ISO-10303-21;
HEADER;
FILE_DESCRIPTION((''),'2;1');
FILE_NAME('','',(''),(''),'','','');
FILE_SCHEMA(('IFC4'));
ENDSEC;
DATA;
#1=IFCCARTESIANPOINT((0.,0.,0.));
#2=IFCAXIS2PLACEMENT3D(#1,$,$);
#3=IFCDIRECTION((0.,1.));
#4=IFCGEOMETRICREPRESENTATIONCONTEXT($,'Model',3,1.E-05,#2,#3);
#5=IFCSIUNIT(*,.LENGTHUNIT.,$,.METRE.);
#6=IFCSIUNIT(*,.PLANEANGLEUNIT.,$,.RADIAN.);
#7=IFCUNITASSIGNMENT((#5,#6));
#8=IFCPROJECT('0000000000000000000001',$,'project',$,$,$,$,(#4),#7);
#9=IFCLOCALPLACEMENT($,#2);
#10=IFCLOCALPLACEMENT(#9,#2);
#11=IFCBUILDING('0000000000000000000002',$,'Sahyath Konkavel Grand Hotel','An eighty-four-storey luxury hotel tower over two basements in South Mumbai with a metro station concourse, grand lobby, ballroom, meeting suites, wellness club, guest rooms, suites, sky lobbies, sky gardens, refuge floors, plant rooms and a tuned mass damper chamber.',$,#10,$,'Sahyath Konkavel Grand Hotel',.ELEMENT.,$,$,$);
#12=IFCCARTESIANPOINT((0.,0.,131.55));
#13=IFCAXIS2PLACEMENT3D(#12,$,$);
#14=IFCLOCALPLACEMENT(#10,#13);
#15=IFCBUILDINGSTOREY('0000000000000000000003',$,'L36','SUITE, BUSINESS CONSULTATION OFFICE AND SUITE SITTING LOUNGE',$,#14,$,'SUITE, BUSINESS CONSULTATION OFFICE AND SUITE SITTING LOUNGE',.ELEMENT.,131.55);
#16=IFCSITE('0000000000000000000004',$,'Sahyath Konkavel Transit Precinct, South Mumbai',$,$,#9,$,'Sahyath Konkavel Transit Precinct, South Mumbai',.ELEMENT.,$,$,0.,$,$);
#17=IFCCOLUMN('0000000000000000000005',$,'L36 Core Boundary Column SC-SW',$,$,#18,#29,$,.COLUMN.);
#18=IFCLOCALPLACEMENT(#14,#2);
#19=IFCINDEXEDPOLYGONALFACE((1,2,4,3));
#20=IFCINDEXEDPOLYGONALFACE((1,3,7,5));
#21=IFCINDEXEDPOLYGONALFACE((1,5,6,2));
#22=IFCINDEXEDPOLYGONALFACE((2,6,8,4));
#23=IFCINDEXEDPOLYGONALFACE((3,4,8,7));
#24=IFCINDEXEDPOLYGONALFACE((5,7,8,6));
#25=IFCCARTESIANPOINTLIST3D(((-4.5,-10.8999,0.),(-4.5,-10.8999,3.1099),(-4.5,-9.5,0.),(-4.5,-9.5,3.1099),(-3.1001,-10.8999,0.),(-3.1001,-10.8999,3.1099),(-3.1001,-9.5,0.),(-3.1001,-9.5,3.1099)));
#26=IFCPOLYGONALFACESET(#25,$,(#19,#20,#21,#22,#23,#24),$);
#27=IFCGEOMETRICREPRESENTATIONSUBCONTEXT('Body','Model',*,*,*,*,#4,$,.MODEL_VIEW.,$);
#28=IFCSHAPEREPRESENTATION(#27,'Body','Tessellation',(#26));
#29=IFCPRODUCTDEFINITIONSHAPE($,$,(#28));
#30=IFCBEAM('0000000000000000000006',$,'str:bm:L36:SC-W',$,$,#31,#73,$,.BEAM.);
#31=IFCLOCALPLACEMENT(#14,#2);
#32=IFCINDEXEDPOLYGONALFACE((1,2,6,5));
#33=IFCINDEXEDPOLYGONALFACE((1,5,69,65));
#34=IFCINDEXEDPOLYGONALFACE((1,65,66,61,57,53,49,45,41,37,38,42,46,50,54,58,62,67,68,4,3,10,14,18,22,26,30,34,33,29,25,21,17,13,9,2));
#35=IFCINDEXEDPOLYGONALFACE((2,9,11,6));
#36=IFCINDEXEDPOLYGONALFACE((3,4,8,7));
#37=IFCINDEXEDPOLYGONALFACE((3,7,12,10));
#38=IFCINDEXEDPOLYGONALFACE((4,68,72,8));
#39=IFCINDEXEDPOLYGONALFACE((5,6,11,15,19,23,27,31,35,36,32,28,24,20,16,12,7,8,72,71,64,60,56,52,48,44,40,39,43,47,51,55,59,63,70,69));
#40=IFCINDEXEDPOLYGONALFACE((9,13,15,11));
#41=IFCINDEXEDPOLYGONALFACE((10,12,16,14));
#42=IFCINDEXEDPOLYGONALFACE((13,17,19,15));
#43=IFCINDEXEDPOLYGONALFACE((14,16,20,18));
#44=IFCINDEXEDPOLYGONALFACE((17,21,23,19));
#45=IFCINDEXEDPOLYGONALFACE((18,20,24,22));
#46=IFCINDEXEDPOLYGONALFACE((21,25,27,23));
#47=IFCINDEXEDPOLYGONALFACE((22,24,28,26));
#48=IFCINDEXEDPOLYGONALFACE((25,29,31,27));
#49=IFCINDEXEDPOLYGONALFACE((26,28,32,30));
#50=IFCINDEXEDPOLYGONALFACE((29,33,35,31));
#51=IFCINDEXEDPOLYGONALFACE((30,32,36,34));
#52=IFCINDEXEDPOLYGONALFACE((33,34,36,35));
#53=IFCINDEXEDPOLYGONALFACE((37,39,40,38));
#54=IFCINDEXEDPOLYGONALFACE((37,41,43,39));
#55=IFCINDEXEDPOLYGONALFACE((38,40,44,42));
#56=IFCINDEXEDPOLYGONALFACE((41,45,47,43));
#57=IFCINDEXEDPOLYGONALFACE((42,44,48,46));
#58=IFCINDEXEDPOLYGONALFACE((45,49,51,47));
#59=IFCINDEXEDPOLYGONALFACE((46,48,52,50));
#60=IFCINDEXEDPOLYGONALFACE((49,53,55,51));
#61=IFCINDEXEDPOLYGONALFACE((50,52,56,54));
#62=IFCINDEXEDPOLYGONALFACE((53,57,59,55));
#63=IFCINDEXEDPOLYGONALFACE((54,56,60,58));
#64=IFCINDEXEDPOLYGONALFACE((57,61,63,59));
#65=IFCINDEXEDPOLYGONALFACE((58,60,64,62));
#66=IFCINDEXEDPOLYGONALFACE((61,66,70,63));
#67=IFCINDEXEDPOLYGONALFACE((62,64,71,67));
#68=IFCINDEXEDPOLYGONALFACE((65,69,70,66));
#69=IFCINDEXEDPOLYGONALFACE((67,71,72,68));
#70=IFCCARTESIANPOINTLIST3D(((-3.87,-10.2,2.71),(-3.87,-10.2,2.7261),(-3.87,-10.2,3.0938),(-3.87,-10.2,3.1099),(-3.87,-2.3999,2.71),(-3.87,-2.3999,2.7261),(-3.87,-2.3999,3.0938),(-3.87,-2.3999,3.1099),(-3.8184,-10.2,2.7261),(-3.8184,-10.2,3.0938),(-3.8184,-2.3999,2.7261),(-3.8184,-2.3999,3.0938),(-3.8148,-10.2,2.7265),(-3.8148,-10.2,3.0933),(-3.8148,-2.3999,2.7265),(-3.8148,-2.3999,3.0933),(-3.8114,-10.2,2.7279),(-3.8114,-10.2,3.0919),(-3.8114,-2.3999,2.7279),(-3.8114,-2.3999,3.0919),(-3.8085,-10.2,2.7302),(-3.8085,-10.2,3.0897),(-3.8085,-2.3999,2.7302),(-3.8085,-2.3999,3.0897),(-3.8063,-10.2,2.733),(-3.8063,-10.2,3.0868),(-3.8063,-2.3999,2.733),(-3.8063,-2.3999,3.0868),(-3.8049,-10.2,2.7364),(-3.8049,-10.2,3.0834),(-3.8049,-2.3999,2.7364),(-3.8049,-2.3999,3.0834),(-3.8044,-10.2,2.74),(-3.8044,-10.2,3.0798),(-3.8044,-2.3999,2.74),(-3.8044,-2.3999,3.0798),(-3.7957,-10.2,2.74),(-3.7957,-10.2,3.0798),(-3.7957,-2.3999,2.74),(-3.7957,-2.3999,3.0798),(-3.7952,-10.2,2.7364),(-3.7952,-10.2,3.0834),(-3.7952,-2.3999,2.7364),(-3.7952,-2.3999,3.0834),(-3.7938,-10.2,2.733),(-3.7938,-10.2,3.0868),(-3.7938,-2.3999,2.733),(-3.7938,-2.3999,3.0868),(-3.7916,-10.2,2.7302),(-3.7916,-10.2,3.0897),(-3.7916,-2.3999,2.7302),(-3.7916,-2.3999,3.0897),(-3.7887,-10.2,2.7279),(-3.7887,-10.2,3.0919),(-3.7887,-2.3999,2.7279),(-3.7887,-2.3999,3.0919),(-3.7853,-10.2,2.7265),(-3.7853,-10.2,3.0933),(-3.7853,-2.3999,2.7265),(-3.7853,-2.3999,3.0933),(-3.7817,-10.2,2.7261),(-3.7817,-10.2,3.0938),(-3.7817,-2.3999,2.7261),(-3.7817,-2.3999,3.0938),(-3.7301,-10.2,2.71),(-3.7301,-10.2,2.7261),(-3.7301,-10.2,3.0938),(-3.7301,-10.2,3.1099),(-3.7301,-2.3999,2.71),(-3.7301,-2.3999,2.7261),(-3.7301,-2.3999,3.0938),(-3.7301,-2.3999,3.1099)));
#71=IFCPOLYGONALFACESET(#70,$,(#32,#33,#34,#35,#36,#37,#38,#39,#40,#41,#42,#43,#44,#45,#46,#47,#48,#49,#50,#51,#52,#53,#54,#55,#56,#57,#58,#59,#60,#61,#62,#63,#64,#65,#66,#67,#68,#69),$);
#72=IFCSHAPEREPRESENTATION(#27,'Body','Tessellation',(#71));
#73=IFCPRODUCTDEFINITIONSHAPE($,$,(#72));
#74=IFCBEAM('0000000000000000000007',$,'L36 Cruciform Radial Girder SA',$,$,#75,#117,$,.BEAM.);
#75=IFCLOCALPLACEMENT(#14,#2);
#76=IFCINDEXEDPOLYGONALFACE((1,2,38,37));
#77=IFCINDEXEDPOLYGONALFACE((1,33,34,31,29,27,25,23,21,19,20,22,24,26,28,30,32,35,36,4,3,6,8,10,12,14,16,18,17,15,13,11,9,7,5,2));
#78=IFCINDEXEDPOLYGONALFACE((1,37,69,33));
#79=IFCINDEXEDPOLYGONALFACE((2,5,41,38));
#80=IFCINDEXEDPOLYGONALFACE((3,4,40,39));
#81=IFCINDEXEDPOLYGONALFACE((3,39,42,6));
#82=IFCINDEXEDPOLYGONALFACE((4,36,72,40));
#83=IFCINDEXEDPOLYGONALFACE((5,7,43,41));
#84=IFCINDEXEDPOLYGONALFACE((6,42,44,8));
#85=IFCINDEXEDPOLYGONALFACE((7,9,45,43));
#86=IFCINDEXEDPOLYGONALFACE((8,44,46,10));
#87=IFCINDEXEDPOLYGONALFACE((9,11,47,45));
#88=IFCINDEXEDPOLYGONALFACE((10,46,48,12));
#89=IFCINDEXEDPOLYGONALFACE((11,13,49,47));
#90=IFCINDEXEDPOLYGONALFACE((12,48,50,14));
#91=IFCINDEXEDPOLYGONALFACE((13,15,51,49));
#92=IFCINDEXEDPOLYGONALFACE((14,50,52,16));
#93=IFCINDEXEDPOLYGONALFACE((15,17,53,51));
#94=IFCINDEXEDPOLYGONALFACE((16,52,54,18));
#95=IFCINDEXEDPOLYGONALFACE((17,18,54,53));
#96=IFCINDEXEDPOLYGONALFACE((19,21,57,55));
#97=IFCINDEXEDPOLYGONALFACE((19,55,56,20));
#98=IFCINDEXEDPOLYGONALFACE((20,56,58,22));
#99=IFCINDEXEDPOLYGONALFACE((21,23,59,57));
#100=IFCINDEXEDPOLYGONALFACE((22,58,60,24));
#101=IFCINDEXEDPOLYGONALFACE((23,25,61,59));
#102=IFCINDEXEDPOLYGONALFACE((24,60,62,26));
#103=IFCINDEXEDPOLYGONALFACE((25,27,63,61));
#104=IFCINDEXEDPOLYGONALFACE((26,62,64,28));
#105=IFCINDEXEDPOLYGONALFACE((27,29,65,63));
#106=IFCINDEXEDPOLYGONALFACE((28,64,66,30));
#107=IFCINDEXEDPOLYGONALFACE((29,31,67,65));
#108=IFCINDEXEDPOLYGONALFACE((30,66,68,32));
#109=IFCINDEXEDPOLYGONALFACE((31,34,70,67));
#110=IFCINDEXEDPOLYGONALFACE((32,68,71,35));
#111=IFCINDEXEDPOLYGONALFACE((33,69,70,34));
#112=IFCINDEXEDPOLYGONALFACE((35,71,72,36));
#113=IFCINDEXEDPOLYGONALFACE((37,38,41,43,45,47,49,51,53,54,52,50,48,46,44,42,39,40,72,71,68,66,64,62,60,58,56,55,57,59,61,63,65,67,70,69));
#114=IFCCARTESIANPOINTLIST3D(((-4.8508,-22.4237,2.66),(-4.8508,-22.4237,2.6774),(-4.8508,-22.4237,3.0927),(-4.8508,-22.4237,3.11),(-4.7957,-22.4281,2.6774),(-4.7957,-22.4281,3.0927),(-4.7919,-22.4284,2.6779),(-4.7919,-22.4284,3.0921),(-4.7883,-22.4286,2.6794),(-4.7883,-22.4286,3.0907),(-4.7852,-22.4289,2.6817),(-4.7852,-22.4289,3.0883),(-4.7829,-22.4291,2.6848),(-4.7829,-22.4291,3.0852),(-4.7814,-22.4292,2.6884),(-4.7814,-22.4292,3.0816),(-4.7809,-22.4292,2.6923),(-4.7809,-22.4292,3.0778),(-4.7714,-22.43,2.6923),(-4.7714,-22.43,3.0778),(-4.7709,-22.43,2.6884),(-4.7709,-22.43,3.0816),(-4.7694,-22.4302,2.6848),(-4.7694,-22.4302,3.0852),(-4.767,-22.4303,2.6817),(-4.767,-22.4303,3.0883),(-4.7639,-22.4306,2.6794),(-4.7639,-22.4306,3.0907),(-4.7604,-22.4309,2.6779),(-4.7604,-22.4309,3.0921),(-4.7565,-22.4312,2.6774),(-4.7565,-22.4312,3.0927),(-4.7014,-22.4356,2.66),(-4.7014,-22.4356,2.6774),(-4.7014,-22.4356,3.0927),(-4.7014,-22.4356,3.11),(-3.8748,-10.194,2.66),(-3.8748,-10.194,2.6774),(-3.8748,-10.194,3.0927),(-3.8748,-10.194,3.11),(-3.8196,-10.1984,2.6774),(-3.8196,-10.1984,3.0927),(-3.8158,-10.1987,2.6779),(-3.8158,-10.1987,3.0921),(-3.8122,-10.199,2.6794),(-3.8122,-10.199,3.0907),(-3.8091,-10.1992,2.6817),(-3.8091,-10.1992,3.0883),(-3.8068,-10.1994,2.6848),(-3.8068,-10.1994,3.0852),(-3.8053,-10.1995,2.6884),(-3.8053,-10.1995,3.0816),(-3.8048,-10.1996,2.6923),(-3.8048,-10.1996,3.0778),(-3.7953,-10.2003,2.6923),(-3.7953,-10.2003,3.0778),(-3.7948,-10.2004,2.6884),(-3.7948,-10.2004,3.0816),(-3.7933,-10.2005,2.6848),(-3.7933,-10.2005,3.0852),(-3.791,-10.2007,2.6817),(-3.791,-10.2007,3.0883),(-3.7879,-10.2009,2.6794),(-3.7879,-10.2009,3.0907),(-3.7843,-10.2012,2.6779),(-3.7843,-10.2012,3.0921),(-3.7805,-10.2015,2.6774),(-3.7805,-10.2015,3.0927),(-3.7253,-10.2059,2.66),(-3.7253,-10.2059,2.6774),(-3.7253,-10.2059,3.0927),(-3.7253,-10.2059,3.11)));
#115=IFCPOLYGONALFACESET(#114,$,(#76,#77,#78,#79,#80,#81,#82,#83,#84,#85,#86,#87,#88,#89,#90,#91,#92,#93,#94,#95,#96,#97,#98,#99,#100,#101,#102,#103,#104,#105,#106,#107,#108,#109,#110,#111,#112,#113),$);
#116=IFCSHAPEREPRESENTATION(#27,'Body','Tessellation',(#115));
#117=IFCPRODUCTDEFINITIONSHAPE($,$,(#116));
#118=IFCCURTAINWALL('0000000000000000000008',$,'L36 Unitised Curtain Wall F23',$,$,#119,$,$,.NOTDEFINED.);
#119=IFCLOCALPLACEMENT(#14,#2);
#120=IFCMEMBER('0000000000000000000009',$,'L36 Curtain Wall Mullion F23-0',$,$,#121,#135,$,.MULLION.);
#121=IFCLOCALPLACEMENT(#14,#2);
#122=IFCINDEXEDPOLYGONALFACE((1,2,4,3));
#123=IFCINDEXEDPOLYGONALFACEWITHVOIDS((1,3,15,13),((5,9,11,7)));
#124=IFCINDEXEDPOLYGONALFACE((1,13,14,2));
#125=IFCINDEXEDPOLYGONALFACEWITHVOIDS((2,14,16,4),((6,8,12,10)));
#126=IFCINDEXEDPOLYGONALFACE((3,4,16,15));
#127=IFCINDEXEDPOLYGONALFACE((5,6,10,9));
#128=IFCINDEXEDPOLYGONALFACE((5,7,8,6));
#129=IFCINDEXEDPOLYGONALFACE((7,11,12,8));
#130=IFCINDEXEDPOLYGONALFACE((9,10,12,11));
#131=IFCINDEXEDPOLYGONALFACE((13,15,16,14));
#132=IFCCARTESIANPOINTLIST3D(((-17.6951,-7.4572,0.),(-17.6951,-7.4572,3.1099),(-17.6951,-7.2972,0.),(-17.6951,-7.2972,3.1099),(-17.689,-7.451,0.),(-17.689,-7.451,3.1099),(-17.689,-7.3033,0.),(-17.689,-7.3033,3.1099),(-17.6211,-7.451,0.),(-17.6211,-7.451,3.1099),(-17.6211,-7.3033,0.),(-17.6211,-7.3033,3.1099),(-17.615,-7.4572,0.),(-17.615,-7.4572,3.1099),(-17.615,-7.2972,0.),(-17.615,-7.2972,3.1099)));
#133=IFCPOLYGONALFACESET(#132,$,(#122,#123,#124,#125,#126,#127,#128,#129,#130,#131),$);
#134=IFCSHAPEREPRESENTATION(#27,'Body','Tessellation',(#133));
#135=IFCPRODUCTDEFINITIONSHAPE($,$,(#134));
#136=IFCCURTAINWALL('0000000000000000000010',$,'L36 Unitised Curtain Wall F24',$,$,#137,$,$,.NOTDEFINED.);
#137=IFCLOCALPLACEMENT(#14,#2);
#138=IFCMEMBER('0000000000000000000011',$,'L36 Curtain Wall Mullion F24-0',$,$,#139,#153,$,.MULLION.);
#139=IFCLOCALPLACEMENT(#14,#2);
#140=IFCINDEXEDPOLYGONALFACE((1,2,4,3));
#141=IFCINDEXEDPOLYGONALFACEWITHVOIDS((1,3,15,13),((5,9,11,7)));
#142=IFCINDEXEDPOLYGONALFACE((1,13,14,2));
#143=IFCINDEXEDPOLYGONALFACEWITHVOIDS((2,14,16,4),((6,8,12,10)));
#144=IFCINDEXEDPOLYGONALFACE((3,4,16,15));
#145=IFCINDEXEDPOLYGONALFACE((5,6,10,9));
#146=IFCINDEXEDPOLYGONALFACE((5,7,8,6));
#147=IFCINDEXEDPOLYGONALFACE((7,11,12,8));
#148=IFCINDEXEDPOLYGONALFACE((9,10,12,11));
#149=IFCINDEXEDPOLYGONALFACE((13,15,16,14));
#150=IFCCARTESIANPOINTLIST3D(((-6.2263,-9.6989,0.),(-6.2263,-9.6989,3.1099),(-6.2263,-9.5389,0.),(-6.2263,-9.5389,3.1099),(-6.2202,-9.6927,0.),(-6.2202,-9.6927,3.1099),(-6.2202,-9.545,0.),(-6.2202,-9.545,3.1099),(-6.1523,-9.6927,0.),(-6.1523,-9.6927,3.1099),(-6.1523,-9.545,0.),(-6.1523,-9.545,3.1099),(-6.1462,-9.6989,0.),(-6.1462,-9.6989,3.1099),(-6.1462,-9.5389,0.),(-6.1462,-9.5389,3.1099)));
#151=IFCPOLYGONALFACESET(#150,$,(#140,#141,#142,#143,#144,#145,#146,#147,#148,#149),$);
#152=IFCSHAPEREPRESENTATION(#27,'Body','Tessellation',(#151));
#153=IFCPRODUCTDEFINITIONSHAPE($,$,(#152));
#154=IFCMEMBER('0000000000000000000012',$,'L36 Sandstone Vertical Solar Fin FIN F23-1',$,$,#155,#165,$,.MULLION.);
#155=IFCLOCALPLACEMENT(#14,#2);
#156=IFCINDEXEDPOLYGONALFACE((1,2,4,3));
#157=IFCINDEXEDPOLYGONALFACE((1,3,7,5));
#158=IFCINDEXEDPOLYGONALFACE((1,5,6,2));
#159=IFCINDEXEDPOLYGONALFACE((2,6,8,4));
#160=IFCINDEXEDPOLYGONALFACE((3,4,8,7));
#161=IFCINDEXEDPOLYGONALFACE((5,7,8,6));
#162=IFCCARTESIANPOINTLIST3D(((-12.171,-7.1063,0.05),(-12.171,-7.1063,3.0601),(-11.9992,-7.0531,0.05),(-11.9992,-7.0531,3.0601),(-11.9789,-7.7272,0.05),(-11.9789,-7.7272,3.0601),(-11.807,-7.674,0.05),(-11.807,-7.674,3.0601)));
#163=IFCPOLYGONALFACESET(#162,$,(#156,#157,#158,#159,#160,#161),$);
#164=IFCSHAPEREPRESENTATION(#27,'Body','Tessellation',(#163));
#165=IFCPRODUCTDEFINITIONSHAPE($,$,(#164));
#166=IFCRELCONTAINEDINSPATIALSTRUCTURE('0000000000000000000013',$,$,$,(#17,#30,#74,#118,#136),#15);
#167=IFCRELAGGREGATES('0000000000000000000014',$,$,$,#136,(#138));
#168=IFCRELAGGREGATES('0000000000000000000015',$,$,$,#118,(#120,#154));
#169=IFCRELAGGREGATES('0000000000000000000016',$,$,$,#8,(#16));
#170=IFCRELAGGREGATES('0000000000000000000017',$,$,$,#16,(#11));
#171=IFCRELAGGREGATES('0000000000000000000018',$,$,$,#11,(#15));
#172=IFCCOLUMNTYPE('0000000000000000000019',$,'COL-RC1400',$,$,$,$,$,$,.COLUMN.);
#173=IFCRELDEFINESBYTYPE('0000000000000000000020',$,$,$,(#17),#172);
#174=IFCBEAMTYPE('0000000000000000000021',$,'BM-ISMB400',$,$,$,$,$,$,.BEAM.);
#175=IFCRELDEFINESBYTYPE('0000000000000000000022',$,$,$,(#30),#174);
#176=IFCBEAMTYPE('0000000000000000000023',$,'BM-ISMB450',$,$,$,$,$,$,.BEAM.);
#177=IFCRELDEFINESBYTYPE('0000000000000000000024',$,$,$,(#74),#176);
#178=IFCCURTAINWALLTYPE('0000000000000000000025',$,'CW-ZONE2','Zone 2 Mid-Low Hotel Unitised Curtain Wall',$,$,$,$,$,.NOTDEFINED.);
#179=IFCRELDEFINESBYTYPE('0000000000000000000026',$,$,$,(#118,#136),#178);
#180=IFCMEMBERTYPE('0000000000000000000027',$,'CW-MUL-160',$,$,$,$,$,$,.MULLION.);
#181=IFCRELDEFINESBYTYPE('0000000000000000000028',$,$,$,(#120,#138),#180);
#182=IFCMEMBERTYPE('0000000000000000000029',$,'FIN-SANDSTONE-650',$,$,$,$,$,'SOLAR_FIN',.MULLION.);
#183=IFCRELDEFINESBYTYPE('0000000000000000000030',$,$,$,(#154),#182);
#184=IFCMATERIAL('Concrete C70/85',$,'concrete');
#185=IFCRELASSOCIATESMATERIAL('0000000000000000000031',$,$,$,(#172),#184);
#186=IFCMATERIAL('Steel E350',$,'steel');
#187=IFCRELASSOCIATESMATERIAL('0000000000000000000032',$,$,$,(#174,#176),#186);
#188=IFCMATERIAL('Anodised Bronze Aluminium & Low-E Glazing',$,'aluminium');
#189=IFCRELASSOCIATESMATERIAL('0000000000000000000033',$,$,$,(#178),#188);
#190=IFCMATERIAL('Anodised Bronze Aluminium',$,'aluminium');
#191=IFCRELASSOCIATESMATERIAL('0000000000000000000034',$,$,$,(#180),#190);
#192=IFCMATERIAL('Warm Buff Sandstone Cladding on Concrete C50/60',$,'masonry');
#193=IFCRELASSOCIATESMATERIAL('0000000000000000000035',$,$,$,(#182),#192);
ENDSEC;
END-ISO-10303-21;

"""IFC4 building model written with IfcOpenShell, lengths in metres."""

from ifc_helpers import new_model, si_unit, direction, frame, origin, origin_2d, place, context, subcontext, project, spatial, rectangle, hollow_rectangle, i_section, extrude, source, transform, mapped, material, material_profile, profile_set, type_object, element, aggregate, save


model = new_model("IFC4")

# Units and contexts
model_context = context("Model", 3, precision=1e-05, world=origin(), true_north=direction((0.0, 1.0)))
body_context = subcontext(model_context, "Body", "Model", "MODEL_VIEW")
ifc_project = project(units=[si_unit("LENGTHUNIT", "METRE"), si_unit("PLANEANGLEUNIT", "RADIAN")], contexts=[model_context])

# Site, building, storey
site_placement = place(None, origin())
site = spatial("IfcSite", under=ifc_project, at=site_placement, Name="Sahyath Konkavel Transit Precinct, South Mumbai", LongName="Sahyath Konkavel Transit Precinct, South Mumbai", CompositionType="ELEMENT", RefElevation=0.0)
building_placement = place(site_placement, origin())
building = spatial("IfcBuilding", under=site, at=building_placement, Name="Sahyath Konkavel Grand Hotel", Description="An eighty-four-storey luxury hotel tower over two basements in South Mumbai with a metro station concourse, grand lobby, ballroom, meeting suites, wellness club, guest rooms, suites, sky lobbies, sky gardens, refuge floors, plant rooms and a tuned mass damper chamber.", LongName="Sahyath Konkavel Grand Hotel", CompositionType="ELEMENT")
storey_placement = place(building_placement, frame((0.0, 0.0, 131.55)))
storey = spatial("IfcBuildingStorey", under=building, at=storey_placement, Name="L36", Description="SUITE, BUSINESS CONSULTATION OFFICE AND SUITE SITTING LOUNGE", LongName="SUITE, BUSINESS CONSULTATION OFFICE AND SUITE SITTING LOUNGE", CompositionType="ELEMENT", Elevation=131.55)

# Column
ifc_material_1 = material(Name="Concrete C70/85", Category="concrete")
ifc_material_profile_1 = material_profile(ifc_material_1, rectangle(XDim=1.3999, YDim=1.3999, at=origin_2d()), Name="RC 1400x1400")
ifc_profile_set_1 = profile_set([ifc_material_profile_1], Name="Concrete C70/85")
column_type = type_object("IfcColumnType", Name="COL-RC1400", PredefinedType="COLUMN", material=ifc_profile_set_1)
shared_shape_1 = source(origin(), body_context, "Body", "SweptSolid", [
    extrude(rectangle(XDim=1.3999, YDim=1.3999, at=origin_2d()), origin(), (0.0, 0.0, 1.0), 3.1099),
])
column_placement = place(storey_placement, frame((-3.8, -10.2, 0.0), z_axis=(0.0, 0.0, 1.0), x_axis=(1.0, 0.0, 0.0)))
element("IfcColumn", 1, at=column_placement, inside=storey, type_object=column_type, Name="L36 Core Boundary Column SC-SW", PredefinedType="COLUMN", context=body_context, shape_type="MappedRepresentation", body=[
    mapped(shared_shape_1, transform((0.0, 0.0, 0.0), scale=1.0)),
])

# Beams
ifc_material_2 = material(Name="Steel E350", Category="steel")
ifc_material_profile_2 = material_profile(ifc_material_2, i_section(OverallWidth=0.1399, OverallDepth=0.3999, WebThickness=0.0088, FlangeThickness=0.0161, FilletRadius=0.0139, at=origin_2d()), Name="ISMB 400")
ifc_profile_set_2 = profile_set([ifc_material_profile_2], Name="Steel E350")
beam_type_1 = type_object("IfcBeamType", Name="BM-ISMB400", PredefinedType="BEAM", material=ifc_profile_set_2)
shared_shape_2 = source(origin(), body_context, "Body", "SweptSolid", [
    extrude(i_section(OverallWidth=0.1399, OverallDepth=0.3999, WebThickness=0.0088, FlangeThickness=0.0161, FilletRadius=0.0139, at=origin_2d()), origin(), (0.0, 0.0, 1.0), 7.8),
])
beam_1_placement = place(storey_placement, frame((-3.8, -10.2, 2.9099), z_axis=(0.0, 1.0, 0.0), x_axis=(-1.0, 0.0, 0.0)))
element("IfcBeam", 2, at=beam_1_placement, inside=storey, type_object=beam_type_1, Name="str:bm:L36:SC-W", PredefinedType="BEAM", context=body_context, shape_type="MappedRepresentation", body=[
    mapped(shared_shape_2, transform((0.0, 0.0, 0.0), scale=1.0)),
])
ifc_material_profile_3 = material_profile(ifc_material_2, i_section(OverallWidth=0.1499, OverallDepth=0.45, WebThickness=0.0095, FlangeThickness=0.0173, FilletRadius=0.0149, at=origin_2d()), Name="ISMB 450")
ifc_profile_set_3 = profile_set([ifc_material_profile_3], Name="Steel E350")
beam_type_2 = type_object("IfcBeamType", Name="BM-ISMB450", PredefinedType="BEAM", material=ifc_profile_set_3)
shared_shape_3 = source(origin(), body_context, "Body", "SweptSolid", [
    extrude(i_section(OverallWidth=0.1499, OverallDepth=0.45, WebThickness=0.0095, FlangeThickness=0.0173, FilletRadius=0.0149, at=origin_2d()), origin(), (0.0, 0.0, 1.0), 12.2686),
])
beam_2_placement = place(storey_placement, frame((-3.8, -10.2, 2.885), z_axis=(-0.079559, -0.99683, 0.0), x_axis=(0.99683, -0.079559, 0.0)))
element("IfcBeam", 3, at=beam_2_placement, inside=storey, type_object=beam_type_2, Name="L36 Cruciform Radial Girder SA", PredefinedType="BEAM", context=body_context, shape_type="MappedRepresentation", body=[
    mapped(shared_shape_3, transform((0.0, 0.0, 0.0), scale=1.0)),
])

# Curtain walls, members
ifc_material_3 = material(Name="Anodised Bronze Aluminium & Low-E Glazing", Category="aluminium")
curtain_wall_type = type_object("IfcCurtainWallType", Name="CW-ZONE2", Description="Zone 2 Mid-Low Hotel Unitised Curtain Wall", PredefinedType="NOTDEFINED", material=ifc_material_3)
curtain_wall_1_placement = place(storey_placement, origin())
curtain_wall_1 = element("IfcCurtainWall", 4, at=curtain_wall_1_placement, inside=storey, type_object=curtain_wall_type, Name="L36 Unitised Curtain Wall F23", PredefinedType="NOTDEFINED")
ifc_material_4 = material(Name="Anodised Bronze Aluminium", Category="aluminium")
ifc_material_profile_4 = material_profile(ifc_material_4, hollow_rectangle(XDim=0.0801, YDim=0.1599, WallThickness=0.0061, at=origin_2d()), Name="RHS 160x80x6")
ifc_profile_set_4 = profile_set([ifc_material_profile_4], Name="Anodised Bronze Aluminium")
member_type_1 = type_object("IfcMemberType", Name="CW-MUL-160", PredefinedType="MULLION", material=ifc_profile_set_4)
shared_shape_4 = source(origin(), body_context, "Body", "SweptSolid", [
    extrude(hollow_rectangle(XDim=0.0801, YDim=0.1599, WallThickness=0.0061, at=origin_2d()), origin(), (0.0, 0.0, 1.0), 3.1099),
])
member_1_placement = place(storey_placement, frame((-17.655, -7.3772, 0.0), z_axis=(0.0, 0.0, 1.0), x_axis=(1.0, 0.0, 0.0)))
member_1 = element("IfcMember", 5, at=member_1_placement, type_object=member_type_1, Name="L36 Curtain Wall Mullion F23-0", PredefinedType="MULLION", context=body_context, shape_type="MappedRepresentation", body=[
    mapped(shared_shape_4, transform((0.0, 0.0, 0.0), scale=1.0)),
])
curtain_wall_2_placement = place(storey_placement, origin())
curtain_wall_2 = element("IfcCurtainWall", 6, at=curtain_wall_2_placement, inside=storey, type_object=curtain_wall_type, Name="L36 Unitised Curtain Wall F24", PredefinedType="NOTDEFINED")
member_2_placement = place(storey_placement, frame((-6.1863, -9.6189, 0.0), z_axis=(0.0, 0.0, 1.0), x_axis=(1.0, 0.0, 0.0)))
member_2 = element("IfcMember", 7, at=member_2_placement, type_object=member_type_1, Name="L36 Curtain Wall Mullion F24-0", PredefinedType="MULLION", context=body_context, shape_type="MappedRepresentation", body=[
    mapped(shared_shape_4, transform((0.0, 0.0, 0.0), scale=1.0)),
])

# Member
ifc_material_5 = material(Name="Warm Buff Sandstone Cladding on Concrete C50/60", Category="masonry")
ifc_material_profile_5 = material_profile(ifc_material_5, rectangle(XDim=0.1799, YDim=0.6499, at=origin_2d()), Name="FIN 180x650")
ifc_profile_set_5 = profile_set([ifc_material_profile_5], Name="Warm Buff Sandstone Cladding on Concrete C50/60")
member_type_2 = type_object("IfcMemberType", Name="FIN-SANDSTONE-650", ElementType="SOLAR_FIN", PredefinedType="MULLION", material=ifc_profile_set_5)
shared_shape_5 = source(origin(), body_context, "Body", "SweptSolid", [
    extrude(rectangle(XDim=0.1799, YDim=0.6499, at=origin_2d()), origin(), (0.0, 0.0, 1.0), 3.01),
])
member_3_placement = place(storey_placement, frame((-11.989, -7.3901, 0.05), z_axis=(0.0, 0.0, 1.0), x_axis=(0.955278, 0.295708, 0.0)))
member_3 = element("IfcMember", 8, at=member_3_placement, type_object=member_type_2, Name="L36 Sandstone Vertical Solar Fin FIN F23-1", PredefinedType="MULLION", context=body_context, shape_type="MappedRepresentation", body=[
    mapped(shared_shape_5, transform((0.0, 0.0, 0.0), scale=1.0)),
])
aggregate(curtain_wall_2, [member_2])

aggregate(curtain_wall_1, [member_1, member_3])

save(model, "model.ifc")
